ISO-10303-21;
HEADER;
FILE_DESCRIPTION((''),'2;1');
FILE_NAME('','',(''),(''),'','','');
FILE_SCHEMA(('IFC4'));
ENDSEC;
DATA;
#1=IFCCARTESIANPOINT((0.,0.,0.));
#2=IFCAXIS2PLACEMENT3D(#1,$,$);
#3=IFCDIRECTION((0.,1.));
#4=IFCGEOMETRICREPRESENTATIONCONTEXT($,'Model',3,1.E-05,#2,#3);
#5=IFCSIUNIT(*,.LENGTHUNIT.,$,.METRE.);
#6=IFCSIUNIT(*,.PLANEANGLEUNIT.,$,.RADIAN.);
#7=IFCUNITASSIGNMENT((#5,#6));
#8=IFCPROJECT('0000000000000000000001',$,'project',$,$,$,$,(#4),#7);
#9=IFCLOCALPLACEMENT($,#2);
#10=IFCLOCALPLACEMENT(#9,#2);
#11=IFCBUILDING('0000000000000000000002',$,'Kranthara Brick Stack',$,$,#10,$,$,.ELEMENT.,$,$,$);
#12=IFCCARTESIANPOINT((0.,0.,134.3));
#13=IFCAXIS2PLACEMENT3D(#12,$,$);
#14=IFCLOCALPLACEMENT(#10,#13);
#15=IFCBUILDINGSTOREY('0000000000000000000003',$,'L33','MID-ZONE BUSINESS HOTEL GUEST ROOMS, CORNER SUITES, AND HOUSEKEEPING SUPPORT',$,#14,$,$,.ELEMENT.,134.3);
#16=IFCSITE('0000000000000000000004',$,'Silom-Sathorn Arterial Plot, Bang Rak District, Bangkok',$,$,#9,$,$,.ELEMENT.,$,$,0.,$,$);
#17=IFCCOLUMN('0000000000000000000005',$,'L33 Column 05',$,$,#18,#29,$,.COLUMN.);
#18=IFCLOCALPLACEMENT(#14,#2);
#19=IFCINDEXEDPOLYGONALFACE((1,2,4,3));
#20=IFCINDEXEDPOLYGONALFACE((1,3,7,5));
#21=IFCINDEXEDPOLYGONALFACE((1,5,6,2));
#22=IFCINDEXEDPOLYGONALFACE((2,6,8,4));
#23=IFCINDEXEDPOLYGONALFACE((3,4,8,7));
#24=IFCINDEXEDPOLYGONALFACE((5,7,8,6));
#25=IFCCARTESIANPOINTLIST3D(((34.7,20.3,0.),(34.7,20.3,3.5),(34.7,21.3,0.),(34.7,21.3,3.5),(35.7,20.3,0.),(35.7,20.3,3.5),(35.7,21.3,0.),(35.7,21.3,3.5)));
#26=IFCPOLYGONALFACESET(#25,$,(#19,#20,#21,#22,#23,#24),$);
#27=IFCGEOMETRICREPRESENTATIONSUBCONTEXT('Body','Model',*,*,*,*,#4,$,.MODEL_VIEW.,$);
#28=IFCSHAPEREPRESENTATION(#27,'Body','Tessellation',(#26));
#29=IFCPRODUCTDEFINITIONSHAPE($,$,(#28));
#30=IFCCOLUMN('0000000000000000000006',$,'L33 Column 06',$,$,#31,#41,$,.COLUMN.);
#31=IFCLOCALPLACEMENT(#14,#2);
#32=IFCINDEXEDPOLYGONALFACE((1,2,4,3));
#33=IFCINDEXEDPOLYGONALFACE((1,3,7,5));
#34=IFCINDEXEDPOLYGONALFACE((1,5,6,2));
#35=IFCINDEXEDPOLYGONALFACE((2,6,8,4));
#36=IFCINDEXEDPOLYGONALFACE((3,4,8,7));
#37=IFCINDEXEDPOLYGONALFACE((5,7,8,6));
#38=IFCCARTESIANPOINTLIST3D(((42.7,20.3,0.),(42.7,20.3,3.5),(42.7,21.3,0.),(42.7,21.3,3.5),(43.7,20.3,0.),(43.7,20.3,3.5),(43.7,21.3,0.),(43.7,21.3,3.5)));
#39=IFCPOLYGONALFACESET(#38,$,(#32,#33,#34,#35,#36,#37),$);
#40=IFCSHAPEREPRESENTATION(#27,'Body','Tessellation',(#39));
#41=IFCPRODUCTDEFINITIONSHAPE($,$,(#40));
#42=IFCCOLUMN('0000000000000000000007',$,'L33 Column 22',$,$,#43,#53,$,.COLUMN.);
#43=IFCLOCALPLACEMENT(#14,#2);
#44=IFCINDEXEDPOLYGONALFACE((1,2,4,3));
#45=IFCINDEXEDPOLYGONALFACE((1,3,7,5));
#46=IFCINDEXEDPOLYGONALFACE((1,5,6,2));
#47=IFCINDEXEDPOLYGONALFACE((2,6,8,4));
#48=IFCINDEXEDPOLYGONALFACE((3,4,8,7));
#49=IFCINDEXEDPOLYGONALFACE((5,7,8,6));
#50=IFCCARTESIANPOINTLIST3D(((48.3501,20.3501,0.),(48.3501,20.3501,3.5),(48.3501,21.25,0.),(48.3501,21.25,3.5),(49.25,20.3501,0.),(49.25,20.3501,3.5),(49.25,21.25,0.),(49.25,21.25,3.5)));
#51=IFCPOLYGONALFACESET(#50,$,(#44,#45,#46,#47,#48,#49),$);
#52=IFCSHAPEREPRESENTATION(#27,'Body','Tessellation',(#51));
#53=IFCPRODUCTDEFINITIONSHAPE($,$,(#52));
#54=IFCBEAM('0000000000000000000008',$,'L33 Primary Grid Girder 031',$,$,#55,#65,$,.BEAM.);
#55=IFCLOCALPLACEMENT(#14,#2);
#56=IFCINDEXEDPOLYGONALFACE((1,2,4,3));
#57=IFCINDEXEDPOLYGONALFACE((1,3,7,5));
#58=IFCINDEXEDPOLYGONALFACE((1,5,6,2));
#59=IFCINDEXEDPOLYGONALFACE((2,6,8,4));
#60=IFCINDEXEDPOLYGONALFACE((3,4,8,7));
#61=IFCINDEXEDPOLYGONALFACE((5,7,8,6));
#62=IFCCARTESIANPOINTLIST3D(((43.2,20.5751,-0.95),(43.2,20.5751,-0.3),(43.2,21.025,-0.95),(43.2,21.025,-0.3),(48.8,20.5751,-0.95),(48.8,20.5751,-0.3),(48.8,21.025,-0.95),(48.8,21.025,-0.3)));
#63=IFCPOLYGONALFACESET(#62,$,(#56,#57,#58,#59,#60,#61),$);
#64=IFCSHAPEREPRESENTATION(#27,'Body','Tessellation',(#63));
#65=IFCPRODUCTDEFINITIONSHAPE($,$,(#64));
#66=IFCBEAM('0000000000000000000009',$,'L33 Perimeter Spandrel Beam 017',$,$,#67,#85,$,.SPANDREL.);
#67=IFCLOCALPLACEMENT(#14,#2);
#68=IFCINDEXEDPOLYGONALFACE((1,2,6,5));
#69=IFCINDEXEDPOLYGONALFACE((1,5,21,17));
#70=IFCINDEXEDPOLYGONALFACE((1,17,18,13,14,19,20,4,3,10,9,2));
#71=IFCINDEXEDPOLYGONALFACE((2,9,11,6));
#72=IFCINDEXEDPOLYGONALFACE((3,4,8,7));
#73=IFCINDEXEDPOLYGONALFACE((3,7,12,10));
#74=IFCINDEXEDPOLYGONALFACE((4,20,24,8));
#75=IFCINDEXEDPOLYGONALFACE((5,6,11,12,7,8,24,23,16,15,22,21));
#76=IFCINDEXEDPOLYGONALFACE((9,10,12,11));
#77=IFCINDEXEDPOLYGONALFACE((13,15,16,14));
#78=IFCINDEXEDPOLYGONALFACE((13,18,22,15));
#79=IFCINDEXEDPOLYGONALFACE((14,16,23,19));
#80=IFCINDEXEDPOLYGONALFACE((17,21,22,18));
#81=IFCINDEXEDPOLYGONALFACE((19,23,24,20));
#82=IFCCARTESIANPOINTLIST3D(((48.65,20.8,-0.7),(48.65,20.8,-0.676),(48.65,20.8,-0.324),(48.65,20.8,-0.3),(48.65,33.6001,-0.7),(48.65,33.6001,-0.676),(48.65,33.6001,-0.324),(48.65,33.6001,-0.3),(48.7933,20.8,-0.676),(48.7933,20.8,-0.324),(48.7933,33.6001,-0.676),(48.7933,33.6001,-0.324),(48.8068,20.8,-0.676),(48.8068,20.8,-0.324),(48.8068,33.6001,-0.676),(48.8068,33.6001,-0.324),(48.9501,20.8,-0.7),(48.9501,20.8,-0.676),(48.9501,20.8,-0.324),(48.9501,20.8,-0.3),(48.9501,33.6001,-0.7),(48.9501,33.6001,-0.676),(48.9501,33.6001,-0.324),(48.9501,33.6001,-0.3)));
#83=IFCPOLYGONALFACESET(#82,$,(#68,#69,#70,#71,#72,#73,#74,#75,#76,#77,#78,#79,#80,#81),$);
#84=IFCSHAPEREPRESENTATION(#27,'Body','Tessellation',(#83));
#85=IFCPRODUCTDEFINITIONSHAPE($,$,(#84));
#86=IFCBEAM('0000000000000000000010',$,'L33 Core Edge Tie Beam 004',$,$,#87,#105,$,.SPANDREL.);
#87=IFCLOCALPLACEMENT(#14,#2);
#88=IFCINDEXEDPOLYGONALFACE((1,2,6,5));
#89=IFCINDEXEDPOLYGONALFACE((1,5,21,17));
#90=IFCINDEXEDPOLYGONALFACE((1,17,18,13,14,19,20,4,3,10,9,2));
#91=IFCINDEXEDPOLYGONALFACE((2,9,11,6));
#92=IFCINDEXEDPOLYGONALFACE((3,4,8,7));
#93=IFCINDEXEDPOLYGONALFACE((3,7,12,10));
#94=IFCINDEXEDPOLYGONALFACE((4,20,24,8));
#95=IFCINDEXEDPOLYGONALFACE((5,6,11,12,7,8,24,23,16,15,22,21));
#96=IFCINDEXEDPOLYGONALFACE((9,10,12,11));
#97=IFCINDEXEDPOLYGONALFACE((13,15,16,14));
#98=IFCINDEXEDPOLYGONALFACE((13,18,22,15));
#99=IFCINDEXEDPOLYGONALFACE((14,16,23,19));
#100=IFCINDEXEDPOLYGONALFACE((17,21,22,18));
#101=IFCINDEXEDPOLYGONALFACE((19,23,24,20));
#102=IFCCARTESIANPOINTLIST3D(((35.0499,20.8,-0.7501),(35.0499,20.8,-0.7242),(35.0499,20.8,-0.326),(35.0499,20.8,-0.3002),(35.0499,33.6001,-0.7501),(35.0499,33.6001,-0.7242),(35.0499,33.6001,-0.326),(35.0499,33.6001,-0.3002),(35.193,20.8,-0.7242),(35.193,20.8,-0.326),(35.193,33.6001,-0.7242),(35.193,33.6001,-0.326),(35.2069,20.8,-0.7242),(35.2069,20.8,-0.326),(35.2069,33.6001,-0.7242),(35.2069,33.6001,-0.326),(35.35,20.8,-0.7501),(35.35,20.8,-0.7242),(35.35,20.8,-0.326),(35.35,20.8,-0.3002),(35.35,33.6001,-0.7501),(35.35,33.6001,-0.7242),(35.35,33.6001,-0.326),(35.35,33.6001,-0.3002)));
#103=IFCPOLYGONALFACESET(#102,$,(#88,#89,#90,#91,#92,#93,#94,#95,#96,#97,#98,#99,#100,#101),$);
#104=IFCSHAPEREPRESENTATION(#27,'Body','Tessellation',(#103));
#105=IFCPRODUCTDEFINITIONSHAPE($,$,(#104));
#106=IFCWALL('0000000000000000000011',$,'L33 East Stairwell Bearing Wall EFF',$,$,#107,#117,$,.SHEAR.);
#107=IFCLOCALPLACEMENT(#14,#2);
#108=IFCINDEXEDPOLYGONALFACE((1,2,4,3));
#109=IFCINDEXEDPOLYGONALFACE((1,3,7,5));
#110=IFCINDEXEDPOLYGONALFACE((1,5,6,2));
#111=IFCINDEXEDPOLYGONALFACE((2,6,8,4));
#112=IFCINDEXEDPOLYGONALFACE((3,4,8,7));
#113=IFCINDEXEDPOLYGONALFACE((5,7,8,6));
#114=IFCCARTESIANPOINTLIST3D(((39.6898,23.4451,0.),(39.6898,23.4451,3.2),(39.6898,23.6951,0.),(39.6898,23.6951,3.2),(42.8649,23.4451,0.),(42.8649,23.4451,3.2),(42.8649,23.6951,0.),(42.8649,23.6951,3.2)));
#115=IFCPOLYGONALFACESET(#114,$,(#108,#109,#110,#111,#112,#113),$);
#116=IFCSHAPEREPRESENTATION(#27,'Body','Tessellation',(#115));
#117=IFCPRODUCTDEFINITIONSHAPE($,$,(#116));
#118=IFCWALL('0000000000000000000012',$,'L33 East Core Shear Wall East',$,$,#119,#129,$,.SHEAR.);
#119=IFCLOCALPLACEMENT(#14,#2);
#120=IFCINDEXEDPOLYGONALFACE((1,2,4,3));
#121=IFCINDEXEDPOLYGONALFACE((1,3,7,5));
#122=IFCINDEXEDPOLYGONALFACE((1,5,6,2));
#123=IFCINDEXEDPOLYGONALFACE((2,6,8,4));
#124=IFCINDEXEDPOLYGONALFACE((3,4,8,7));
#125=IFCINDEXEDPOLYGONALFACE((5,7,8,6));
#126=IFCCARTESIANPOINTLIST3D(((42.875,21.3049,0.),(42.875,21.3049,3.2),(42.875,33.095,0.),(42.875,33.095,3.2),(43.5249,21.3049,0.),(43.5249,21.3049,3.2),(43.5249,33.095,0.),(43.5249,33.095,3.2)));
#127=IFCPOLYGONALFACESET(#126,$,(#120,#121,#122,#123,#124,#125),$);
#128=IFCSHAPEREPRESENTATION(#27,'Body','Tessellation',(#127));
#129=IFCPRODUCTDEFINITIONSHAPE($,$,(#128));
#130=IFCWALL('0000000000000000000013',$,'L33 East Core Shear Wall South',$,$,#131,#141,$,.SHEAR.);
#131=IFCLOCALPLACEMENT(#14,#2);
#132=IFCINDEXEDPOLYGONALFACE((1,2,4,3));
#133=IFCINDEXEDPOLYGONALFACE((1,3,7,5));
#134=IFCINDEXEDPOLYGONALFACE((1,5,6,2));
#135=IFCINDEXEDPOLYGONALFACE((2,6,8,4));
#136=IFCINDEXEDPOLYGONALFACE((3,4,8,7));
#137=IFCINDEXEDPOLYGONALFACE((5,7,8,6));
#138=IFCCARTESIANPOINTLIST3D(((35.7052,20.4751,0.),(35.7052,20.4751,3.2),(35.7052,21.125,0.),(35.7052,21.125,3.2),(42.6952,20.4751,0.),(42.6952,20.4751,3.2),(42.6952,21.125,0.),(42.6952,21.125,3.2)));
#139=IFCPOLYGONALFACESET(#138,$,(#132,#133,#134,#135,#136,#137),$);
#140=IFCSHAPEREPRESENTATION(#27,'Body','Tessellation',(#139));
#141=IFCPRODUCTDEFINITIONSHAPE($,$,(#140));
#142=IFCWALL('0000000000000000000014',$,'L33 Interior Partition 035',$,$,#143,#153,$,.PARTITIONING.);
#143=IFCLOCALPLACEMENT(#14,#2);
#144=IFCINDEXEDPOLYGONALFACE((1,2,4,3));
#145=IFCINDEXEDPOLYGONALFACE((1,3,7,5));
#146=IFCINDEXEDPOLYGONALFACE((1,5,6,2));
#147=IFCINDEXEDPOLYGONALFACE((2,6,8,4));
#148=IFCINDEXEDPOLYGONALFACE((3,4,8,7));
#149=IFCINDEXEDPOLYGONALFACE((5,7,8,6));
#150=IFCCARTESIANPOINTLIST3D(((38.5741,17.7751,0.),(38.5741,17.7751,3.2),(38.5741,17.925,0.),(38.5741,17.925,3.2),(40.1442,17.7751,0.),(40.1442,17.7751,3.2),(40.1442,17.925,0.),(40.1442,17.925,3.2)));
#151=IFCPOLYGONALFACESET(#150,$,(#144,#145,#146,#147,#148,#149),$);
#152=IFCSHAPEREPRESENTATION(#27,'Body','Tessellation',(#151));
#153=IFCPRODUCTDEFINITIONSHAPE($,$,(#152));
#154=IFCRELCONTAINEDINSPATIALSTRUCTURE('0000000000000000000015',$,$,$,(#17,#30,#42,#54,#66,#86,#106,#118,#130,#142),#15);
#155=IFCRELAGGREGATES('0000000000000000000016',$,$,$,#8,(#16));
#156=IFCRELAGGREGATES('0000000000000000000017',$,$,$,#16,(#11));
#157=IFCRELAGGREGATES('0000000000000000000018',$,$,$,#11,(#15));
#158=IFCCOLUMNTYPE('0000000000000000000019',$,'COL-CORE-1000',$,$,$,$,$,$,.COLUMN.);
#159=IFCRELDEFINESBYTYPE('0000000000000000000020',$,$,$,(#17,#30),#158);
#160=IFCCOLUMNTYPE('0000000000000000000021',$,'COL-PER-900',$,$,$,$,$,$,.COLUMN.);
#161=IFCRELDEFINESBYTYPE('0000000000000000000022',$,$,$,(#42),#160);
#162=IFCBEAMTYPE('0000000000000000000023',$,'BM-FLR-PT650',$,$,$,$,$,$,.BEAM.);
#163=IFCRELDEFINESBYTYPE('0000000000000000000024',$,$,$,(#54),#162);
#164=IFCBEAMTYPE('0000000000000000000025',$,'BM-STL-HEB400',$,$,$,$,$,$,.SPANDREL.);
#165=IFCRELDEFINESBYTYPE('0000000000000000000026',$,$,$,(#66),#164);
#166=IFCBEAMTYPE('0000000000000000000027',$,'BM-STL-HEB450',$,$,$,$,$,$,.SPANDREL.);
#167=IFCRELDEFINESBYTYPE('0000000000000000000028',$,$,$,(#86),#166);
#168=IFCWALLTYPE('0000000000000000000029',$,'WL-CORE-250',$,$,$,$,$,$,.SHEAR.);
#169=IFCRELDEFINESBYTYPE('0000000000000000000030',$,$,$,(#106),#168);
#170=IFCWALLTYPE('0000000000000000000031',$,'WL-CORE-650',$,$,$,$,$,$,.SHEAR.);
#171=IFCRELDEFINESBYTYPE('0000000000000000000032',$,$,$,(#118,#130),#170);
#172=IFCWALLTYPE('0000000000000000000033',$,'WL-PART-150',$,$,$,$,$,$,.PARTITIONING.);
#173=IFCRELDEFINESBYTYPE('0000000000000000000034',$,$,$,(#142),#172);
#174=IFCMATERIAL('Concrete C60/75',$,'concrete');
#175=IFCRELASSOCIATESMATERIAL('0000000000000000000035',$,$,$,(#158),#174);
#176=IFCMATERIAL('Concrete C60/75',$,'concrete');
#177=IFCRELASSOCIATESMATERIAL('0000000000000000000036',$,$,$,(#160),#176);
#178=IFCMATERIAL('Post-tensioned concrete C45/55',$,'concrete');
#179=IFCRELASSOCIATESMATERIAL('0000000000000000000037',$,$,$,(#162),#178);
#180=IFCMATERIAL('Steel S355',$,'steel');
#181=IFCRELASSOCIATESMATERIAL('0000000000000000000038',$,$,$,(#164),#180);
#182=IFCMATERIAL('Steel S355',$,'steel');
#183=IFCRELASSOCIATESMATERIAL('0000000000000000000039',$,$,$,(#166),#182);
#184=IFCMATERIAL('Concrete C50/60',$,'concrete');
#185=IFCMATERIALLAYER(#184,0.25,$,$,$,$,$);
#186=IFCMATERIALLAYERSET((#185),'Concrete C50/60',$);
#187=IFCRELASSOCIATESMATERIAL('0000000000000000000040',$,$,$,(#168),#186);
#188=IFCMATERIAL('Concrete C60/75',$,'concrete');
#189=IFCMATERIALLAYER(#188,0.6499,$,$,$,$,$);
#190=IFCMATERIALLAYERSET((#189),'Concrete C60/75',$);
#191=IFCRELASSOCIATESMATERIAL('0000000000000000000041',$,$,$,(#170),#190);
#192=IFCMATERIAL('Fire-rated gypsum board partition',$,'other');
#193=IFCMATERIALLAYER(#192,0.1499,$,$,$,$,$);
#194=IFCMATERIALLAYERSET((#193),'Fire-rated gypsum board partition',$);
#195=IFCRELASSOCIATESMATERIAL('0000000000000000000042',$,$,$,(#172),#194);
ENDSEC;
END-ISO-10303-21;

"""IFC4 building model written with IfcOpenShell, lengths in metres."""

from ifc_helpers import new_model, si_unit, direction, frame, frame_2d, origin, origin_2d, place, context, subcontext, project, spatial, rectangle, i_section, extrude, material, layer, layer_set, material_profile, profile_set, type_object, element, save


model = new_model("IFC4")

# Units and contexts
model_context = context("Model", 3, precision=1e-05, world=origin(), true_north=direction((0.0, 1.0)))
body_context = subcontext(model_context, "Body", "Model", "MODEL_VIEW")
ifc_project = project(units=[si_unit("LENGTHUNIT", "METRE"), si_unit("PLANEANGLEUNIT", "RADIAN")], contexts=[model_context])

# Site, building, storey
site_placement = place(None, origin())
site = spatial("IfcSite", under=ifc_project, at=site_placement, Name="Silom-Sathorn Arterial Plot, Bang Rak District, Bangkok", CompositionType="ELEMENT", RefElevation=0.0)
building_placement = place(site_placement, origin())
building = spatial("IfcBuilding", under=site, at=building_placement, Name="Kranthara Brick Stack", CompositionType="ELEMENT")
storey_placement = place(building_placement, frame((0.0, 0.0, 134.3)))
storey = spatial("IfcBuildingStorey", under=building, at=storey_placement, Name="L33", Description="MID-ZONE BUSINESS HOTEL GUEST ROOMS, CORNER SUITES, AND HOUSEKEEPING SUPPORT", CompositionType="ELEMENT", Elevation=134.3)

# Columns
ifc_material_1 = material(Name="Concrete C60/75", Category="concrete")
ifc_material_profile_1 = material_profile(ifc_material_1, rectangle(XDim=1.0, YDim=1.0, at=origin_2d()), Name="RC 1000x1000")
ifc_profile_set_1 = profile_set([ifc_material_profile_1], Name="Concrete C60/75")
column_type_1 = type_object("IfcColumnType", Name="COL-CORE-1000", PredefinedType="COLUMN", material=ifc_profile_set_1)
for number, where, z_axis, x_axis, name in (
    (1, (35.2, 20.8, 0.0), (0.0, 0.0, 1.0), (1.0, 0.0, 0.0), "L33 Column 05"),
    (2, (43.2, 20.8, 0.0), (0.0, 0.0, 1.0), (1.0, 0.0, 0.0), "L33 Column 06"),
):
    element("IfcColumn", number, at=place(storey_placement, frame(where, z_axis=z_axis, x_axis=x_axis)), inside=storey, type_object=column_type_1, Name=name, PredefinedType="COLUMN", context=body_context, shape_type="SweptSolid", body=[
        extrude(rectangle(XDim=1.0, YDim=1.0, at=origin_2d()), origin(), (0.0, 0.0, 1.0), 3.5),
    ])
ifc_material_2 = material(Name="Concrete C60/75", Category="concrete")
ifc_material_profile_2 = material_profile(ifc_material_2, rectangle(XDim=0.8999, YDim=0.8999, at=origin_2d()), Name="RC 900x900")
ifc_profile_set_2 = profile_set([ifc_material_profile_2], Name="Concrete C60/75")
column_type_2 = type_object("IfcColumnType", Name="COL-PER-900", PredefinedType="COLUMN", material=ifc_profile_set_2)
column_placement = place(storey_placement, frame((48.8, 20.8, 0.0), z_axis=(0.0, 0.0, 1.0), x_axis=(1.0, 0.0, 0.0)))
element("IfcColumn", 3, at=column_placement, inside=storey, type_object=column_type_2, Name="L33 Column 22", PredefinedType="COLUMN", context=body_context, shape_type="SweptSolid", body=[
    extrude(rectangle(XDim=0.8999, YDim=0.8999, at=origin_2d()), origin(), (0.0, 0.0, 1.0), 3.5),
])

# Beams
ifc_material_3 = material(Name="Post-tensioned concrete C45/55", Category="concrete")
ifc_material_profile_3 = material_profile(ifc_material_3, rectangle(XDim=0.45, YDim=0.6499, at=origin_2d()), Name="PT 450x650")
ifc_profile_set_3 = profile_set([ifc_material_profile_3], Name="Post-tensioned concrete C45/55")
beam_type_1 = type_object("IfcBeamType", Name="BM-FLR-PT650", PredefinedType="BEAM", material=ifc_profile_set_3)
beam_1_placement = place(storey_placement, frame((43.2, 20.8, -0.625), z_axis=(1.0, 0.0, 0.0), x_axis=(0.0, 1.0, 0.0)))
element("IfcBeam", 4, at=beam_1_placement, inside=storey, type_object=beam_type_1, Name="L33 Primary Grid Girder 031", PredefinedType="BEAM", context=body_context, shape_type="SweptSolid", body=[
    extrude(rectangle(XDim=0.45, YDim=0.6499, at=origin_2d()), origin(), (0.0, 0.0, 1.0), 5.6001),
])
ifc_material_4 = material(Name="Steel S355", Category="steel")
ifc_material_profile_4 = material_profile(ifc_material_4, i_section(OverallWidth=0.3, OverallDepth=0.3999, WebThickness=0.0134, FlangeThickness=0.0239, at=origin_2d()), Name="HEB 400")
ifc_profile_set_4 = profile_set([ifc_material_profile_4], Name="Steel S355")
beam_type_2 = type_object("IfcBeamType", Name="BM-STL-HEB400", PredefinedType="SPANDREL", material=ifc_profile_set_4)
beam_2_placement = place(storey_placement, frame((48.8, 20.8, -0.5), z_axis=(0.0, 1.0, 0.0), x_axis=(-1.0, 0.0, 0.0)))
element("IfcBeam", 5, at=beam_2_placement, inside=storey, type_object=beam_type_2, Name="L33 Perimeter Spandrel Beam 017", PredefinedType="SPANDREL", context=body_context, shape_type="SweptSolid", body=[
    extrude(i_section(OverallWidth=0.3, OverallDepth=0.3999, WebThickness=0.0134, FlangeThickness=0.0239, at=origin_2d()), origin(), (0.0, 0.0, 1.0), 12.8),
])
ifc_material_5 = material(Name="Steel S355", Category="steel")
ifc_material_profile_5 = material_profile(ifc_material_5, i_section(OverallWidth=0.3, OverallDepth=0.45, WebThickness=0.0139, FlangeThickness=0.0259, at=origin_2d()), Name="HEB 450")
ifc_profile_set_5 = profile_set([ifc_material_profile_5], Name="Steel S355")
beam_type_3 = type_object("IfcBeamType", Name="BM-STL-HEB450", PredefinedType="SPANDREL", material=ifc_profile_set_5)
beam_3_placement = place(storey_placement, frame((35.2, 20.8, -0.5251), z_axis=(0.0, 1.0, 0.0), x_axis=(-1.0, 0.0, 0.0)))
element("IfcBeam", 6, at=beam_3_placement, inside=storey, type_object=beam_type_3, Name="L33 Core Edge Tie Beam 004", PredefinedType="SPANDREL", context=body_context, shape_type="SweptSolid", body=[
    extrude(i_section(OverallWidth=0.3, OverallDepth=0.45, WebThickness=0.0139, FlangeThickness=0.0259, at=origin_2d()), origin(), (0.0, 0.0, 1.0), 12.8),
])

# Shared definitions
ifc_material_6 = material(Name="Concrete C50/60", Category="concrete")
ifc_layer_1 = layer(ifc_material_6, 0.25)
ifc_layer_set_1 = layer_set([ifc_layer_1], Name="Concrete C50/60")
wall_type_1 = type_object("IfcWallType", Name="WL-CORE-250", PredefinedType="SHEAR", material=ifc_layer_set_1)

# Walls
wall_1_placement = place(storey_placement, frame((39.6899, 23.5701, 0.0), z_axis=(0.0, 0.0, 1.0), x_axis=(1.0, 0.0, 0.0)))
element("IfcWall", 7, at=wall_1_placement, inside=storey, type_object=wall_type_1, Name="L33 East Stairwell Bearing Wall EFF", PredefinedType="SHEAR", context=body_context, shape_type="SweptSolid", body=[
    extrude(rectangle(XDim=3.175, YDim=0.25, at=frame_2d((1.5874, 0.0))), origin(), (0.0, 0.0, 1.0), 3.2),
])
ifc_material_7 = material(Name="Concrete C60/75", Category="concrete")
ifc_layer_2 = layer(ifc_material_7, 0.6499)
ifc_layer_set_2 = layer_set([ifc_layer_2], Name="Concrete C60/75")
wall_type_2 = type_object("IfcWallType", Name="WL-CORE-650", PredefinedType="SHEAR", material=ifc_layer_set_2)
wall_2_placement = place(storey_placement, frame((43.2, 21.3049, 0.0), z_axis=(0.0, 0.0, 1.0), x_axis=(0.0, 1.0, 0.0)))
element("IfcWall", 8, at=wall_2_placement, inside=storey, type_object=wall_type_2, Name="L33 East Core Shear Wall East", PredefinedType="SHEAR", context=body_context, shape_type="SweptSolid", body=[
    extrude(rectangle(XDim=11.79, YDim=0.6499, at=frame_2d((5.895, 0.0))), origin(), (0.0, 0.0, 1.0), 3.2),
])
wall_3_placement = place(storey_placement, frame((35.7051, 20.8, 0.0), z_axis=(0.0, 0.0, 1.0), x_axis=(1.0, 0.0, 0.0)))
element("IfcWall", 9, at=wall_3_placement, inside=storey, type_object=wall_type_2, Name="L33 East Core Shear Wall South", PredefinedType="SHEAR", context=body_context, shape_type="SweptSolid", body=[
    extrude(rectangle(XDim=6.99, YDim=0.6499, at=frame_2d((3.4951, 0.0))), origin(), (0.0, 0.0, 1.0), 3.2),
])

# Wall
ifc_material_8 = material(Name="Fire-rated gypsum board partition", Category="other")
ifc_layer_3 = layer(ifc_material_8, 0.1499)
ifc_layer_set_3 = layer_set([ifc_layer_3], Name="Fire-rated gypsum board partition")
wall_type_3 = type_object("IfcWallType", Name="WL-PART-150", PredefinedType="PARTITIONING", material=ifc_layer_set_3)
wall_4_placement = place(storey_placement, frame((38.574, 17.8501, 0.0), z_axis=(0.0, 0.0, 1.0), x_axis=(1.0, 0.0, 0.0)))
element("IfcWall", 10, at=wall_4_placement, inside=storey, type_object=wall_type_3, Name="L33 Interior Partition 035", PredefinedType="PARTITIONING", context=body_context, shape_type="SweptSolid", body=[
    extrude(rectangle(XDim=1.5701, YDim=0.1499, at=frame_2d((0.7852, 0.0))), origin(), (0.0, 0.0, 1.0), 3.2),
])

save(model, "model.ifc")
